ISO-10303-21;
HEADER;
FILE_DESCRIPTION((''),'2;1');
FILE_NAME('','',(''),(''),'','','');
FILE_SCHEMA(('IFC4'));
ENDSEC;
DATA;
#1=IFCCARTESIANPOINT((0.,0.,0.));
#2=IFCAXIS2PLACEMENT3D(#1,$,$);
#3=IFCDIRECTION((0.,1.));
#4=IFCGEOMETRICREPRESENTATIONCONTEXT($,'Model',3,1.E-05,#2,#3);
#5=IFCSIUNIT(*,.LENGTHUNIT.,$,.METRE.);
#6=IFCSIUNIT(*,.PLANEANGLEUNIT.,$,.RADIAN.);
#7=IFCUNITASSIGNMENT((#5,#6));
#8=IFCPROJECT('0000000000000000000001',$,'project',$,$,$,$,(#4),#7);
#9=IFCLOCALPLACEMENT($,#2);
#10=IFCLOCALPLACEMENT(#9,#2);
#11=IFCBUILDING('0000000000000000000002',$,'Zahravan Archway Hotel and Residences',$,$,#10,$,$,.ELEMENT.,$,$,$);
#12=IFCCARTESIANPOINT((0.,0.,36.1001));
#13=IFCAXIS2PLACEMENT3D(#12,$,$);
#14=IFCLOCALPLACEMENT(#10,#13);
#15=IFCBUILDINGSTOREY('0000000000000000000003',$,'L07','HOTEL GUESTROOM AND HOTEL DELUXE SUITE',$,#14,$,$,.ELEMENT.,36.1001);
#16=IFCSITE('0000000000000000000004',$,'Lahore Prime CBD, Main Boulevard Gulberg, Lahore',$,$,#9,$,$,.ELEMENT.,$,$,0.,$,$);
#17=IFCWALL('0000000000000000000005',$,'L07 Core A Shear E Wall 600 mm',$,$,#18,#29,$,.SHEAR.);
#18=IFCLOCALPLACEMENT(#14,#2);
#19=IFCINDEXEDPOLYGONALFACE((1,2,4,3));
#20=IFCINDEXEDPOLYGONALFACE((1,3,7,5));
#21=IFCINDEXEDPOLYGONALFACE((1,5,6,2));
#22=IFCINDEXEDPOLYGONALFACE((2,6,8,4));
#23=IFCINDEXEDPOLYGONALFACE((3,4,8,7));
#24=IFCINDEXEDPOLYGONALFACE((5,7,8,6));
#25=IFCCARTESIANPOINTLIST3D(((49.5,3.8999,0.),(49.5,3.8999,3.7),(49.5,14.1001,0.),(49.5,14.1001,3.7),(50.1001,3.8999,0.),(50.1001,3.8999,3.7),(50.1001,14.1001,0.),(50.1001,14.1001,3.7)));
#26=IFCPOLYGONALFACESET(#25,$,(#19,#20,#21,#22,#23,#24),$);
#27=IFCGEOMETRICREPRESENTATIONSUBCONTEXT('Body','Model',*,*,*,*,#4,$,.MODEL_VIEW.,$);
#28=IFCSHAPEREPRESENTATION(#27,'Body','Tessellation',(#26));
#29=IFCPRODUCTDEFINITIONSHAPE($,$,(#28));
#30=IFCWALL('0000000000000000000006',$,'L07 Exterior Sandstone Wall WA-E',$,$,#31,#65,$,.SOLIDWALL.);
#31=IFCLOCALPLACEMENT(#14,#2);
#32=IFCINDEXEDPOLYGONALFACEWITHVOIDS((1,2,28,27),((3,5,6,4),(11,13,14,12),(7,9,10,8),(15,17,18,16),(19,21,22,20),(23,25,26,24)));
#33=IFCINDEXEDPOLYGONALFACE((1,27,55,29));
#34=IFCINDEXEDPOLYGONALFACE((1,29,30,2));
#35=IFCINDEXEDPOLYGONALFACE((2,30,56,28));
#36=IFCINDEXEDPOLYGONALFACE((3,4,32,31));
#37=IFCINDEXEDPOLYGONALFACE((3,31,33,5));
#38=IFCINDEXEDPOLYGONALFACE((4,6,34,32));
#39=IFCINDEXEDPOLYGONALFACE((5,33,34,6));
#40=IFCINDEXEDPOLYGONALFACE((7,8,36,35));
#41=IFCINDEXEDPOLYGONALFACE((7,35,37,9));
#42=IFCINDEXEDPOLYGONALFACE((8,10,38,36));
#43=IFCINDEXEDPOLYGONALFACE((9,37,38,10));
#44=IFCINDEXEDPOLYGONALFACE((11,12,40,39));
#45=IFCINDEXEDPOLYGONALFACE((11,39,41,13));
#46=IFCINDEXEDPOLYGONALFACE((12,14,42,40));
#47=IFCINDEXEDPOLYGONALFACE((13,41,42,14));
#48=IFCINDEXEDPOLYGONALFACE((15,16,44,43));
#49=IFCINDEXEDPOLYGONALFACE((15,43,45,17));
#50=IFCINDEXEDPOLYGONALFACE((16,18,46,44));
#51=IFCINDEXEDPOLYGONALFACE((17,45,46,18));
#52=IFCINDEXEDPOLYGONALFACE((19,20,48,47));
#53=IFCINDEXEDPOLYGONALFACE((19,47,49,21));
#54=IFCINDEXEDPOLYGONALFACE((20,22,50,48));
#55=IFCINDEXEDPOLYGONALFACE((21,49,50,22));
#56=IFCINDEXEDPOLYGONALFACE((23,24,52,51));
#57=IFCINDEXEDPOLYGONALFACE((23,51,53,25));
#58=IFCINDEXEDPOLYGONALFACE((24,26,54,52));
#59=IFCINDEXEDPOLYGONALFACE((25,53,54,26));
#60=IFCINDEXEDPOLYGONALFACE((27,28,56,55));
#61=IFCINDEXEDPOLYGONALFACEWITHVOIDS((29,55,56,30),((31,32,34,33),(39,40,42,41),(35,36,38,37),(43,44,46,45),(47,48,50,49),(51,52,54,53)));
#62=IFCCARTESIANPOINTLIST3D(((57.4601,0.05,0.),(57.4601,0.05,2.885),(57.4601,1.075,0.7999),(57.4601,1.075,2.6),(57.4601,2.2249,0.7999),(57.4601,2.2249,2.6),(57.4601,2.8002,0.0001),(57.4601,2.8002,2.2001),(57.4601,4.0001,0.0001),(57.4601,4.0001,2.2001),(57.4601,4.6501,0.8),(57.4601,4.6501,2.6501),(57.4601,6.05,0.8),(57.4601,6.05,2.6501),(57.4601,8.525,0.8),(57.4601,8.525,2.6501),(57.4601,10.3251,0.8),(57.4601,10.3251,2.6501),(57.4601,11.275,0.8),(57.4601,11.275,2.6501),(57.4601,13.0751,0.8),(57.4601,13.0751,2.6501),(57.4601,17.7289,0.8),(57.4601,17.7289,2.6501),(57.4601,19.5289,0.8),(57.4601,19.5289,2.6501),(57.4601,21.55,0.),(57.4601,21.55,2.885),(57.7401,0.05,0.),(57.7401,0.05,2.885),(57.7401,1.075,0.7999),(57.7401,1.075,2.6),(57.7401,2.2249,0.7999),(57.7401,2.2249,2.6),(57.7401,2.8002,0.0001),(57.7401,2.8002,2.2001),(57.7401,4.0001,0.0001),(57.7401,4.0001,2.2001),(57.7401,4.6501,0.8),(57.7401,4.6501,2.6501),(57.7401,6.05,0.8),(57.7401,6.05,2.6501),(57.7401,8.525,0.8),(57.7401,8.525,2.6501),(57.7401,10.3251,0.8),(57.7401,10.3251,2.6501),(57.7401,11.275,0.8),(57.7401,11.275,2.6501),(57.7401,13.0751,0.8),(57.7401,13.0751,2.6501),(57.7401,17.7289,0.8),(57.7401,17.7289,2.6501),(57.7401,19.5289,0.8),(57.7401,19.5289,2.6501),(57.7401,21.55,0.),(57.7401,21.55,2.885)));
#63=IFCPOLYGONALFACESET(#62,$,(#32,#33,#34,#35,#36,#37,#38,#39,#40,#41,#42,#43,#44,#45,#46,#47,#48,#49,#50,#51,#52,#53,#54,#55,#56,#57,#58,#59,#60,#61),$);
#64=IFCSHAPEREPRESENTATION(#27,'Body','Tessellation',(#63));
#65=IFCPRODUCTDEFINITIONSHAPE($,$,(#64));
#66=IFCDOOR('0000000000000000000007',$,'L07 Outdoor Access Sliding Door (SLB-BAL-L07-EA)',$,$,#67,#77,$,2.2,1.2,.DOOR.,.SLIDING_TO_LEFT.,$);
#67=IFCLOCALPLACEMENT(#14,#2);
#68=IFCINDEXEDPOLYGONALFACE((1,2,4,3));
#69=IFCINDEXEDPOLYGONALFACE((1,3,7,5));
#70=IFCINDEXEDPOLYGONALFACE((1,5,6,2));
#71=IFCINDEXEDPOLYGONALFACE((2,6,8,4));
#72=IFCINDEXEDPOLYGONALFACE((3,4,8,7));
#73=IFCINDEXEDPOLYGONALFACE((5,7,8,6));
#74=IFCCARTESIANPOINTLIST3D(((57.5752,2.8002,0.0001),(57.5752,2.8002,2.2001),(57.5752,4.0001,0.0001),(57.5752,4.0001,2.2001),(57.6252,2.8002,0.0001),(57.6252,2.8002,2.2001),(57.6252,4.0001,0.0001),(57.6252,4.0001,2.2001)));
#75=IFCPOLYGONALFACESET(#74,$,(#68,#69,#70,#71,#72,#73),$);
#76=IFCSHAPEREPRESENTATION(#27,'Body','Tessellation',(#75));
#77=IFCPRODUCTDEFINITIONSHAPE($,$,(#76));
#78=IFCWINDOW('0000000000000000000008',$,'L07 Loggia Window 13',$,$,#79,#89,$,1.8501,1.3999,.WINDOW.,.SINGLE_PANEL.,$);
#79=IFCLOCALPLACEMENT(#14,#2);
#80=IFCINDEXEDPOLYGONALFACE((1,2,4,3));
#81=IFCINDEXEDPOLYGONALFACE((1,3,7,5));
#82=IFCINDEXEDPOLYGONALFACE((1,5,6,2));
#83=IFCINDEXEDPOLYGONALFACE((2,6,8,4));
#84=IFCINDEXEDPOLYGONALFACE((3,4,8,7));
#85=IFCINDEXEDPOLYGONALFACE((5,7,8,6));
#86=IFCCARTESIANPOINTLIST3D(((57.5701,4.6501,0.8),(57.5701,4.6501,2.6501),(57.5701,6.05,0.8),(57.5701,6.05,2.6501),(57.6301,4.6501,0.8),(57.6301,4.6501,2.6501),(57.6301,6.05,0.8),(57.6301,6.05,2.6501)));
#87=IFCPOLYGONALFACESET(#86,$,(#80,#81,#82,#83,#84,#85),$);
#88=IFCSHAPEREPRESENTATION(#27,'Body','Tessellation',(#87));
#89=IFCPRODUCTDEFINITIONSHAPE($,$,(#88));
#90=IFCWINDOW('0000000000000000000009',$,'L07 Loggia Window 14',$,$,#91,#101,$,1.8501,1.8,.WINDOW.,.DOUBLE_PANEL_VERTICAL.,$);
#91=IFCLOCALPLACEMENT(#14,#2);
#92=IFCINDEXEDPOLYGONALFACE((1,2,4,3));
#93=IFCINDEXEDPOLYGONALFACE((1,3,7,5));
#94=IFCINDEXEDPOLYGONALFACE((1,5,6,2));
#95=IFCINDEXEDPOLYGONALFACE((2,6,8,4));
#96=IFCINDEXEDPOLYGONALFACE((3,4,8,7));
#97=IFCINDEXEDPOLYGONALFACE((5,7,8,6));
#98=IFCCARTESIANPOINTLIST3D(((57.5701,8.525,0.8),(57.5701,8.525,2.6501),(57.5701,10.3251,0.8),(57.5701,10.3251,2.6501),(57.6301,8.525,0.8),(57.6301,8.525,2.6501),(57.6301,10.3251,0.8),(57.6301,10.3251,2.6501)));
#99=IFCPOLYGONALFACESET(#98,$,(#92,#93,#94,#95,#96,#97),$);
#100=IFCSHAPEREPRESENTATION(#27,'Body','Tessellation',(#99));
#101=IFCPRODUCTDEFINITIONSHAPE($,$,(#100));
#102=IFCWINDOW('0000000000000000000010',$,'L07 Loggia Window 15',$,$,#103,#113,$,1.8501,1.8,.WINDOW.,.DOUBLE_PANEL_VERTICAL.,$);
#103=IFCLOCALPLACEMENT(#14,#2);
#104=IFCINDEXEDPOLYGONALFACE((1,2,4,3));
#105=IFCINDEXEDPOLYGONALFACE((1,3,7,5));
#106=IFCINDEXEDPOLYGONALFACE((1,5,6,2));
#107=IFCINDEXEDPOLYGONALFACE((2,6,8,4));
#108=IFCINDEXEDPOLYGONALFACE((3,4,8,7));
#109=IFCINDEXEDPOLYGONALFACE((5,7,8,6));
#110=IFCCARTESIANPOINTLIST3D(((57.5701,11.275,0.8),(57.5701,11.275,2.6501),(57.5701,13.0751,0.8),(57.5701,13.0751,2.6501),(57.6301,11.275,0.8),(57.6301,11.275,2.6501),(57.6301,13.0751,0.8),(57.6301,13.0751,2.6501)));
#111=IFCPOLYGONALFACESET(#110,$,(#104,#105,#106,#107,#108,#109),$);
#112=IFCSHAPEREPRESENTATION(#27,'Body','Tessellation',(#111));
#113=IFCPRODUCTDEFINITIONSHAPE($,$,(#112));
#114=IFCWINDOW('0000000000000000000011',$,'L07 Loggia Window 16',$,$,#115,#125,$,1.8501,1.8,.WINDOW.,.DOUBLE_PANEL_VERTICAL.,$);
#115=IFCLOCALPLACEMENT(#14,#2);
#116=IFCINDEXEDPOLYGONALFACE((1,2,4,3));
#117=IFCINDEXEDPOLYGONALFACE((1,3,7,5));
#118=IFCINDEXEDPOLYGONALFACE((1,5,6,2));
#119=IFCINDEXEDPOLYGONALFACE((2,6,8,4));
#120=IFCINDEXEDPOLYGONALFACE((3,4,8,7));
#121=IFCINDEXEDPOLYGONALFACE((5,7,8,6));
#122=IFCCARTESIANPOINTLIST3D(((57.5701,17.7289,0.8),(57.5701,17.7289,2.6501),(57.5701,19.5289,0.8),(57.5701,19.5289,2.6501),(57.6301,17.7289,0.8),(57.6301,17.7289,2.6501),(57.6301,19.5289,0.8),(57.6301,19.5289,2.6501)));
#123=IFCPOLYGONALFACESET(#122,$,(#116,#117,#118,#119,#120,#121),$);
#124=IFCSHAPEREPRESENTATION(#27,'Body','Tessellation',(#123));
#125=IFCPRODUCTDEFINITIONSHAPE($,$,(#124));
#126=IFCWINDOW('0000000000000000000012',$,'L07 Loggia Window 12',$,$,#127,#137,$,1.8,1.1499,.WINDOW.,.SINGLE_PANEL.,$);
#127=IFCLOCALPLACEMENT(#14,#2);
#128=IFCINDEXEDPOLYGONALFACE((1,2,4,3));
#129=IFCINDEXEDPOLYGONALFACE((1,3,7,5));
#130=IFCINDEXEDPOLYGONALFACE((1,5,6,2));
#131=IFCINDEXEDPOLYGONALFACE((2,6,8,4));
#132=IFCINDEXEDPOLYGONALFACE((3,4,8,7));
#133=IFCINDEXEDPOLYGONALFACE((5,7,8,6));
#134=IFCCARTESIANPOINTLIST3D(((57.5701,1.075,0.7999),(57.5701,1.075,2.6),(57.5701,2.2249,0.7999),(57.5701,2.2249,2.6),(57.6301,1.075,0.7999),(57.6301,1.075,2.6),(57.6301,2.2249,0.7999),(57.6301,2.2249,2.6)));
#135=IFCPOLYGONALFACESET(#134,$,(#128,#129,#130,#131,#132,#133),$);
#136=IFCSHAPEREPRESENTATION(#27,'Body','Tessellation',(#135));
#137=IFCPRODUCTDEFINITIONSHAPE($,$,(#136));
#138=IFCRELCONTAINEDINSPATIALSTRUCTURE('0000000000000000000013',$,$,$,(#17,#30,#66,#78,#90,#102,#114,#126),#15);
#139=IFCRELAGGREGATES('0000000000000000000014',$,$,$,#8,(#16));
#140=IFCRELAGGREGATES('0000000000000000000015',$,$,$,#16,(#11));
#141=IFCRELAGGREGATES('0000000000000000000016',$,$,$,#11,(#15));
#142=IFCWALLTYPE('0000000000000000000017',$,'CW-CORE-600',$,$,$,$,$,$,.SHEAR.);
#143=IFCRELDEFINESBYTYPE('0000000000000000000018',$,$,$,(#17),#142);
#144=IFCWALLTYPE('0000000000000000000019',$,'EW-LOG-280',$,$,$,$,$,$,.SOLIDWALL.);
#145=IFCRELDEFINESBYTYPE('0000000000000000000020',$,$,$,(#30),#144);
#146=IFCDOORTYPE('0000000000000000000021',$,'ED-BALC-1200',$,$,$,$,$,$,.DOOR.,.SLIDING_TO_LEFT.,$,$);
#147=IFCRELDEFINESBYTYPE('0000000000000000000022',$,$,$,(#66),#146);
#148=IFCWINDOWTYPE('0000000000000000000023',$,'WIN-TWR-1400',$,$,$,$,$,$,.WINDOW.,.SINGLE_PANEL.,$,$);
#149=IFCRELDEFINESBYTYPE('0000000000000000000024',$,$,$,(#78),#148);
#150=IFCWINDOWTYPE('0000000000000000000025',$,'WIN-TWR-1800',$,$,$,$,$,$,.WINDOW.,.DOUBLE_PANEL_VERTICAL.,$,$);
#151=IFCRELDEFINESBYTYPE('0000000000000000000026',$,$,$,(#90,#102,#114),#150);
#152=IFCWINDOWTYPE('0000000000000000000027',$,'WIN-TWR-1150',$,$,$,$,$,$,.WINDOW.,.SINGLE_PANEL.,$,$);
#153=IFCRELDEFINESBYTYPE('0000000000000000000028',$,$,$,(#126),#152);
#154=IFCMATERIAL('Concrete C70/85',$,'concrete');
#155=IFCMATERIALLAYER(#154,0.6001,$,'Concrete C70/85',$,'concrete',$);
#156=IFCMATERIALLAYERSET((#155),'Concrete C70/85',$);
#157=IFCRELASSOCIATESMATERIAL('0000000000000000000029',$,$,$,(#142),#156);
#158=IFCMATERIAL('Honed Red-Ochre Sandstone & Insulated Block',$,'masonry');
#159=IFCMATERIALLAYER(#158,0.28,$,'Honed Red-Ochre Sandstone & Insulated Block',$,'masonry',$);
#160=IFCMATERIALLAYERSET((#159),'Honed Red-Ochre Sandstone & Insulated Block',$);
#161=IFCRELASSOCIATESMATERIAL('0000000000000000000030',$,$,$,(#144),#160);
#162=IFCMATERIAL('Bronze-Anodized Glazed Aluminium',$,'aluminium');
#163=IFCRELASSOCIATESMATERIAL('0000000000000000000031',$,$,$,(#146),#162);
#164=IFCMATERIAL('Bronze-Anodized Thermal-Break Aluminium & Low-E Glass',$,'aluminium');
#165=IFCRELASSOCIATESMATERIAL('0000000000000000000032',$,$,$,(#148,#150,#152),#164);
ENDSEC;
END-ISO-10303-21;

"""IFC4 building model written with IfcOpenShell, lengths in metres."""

from ifc_helpers import new_model, si_unit, direction, frame, frame_2d, origin, place, context, subcontext, project, spatial, rectangle, extrude, source, transform, mapped, material, layer, layer_set, type_object, type_shapes, element, fill, save


model = new_model("IFC4")

# Units and contexts
model_context = context("Model", 3, precision=1e-05, world=origin(), true_north=direction((0.0, 1.0)))
body_context = subcontext(model_context, "Body", "Model", "MODEL_VIEW")
ifc_project = project(units=[si_unit("LENGTHUNIT", "METRE"), si_unit("PLANEANGLEUNIT", "RADIAN")], contexts=[model_context])

# Site, building, storey
site_placement = place(None, origin())
site = spatial("IfcSite", under=ifc_project, at=site_placement, Name="Lahore Prime CBD, Main Boulevard Gulberg, Lahore", CompositionType="ELEMENT", RefElevation=0.0)
building_placement = place(site_placement, origin())
building = spatial("IfcBuilding", under=site, at=building_placement, Name="Zahravan Archway Hotel and Residences", CompositionType="ELEMENT")
storey_placement = place(building_placement, frame((0.0, 0.0, 36.1001)))
storey = spatial("IfcBuildingStorey", under=building, at=storey_placement, Name="L07", Description="HOTEL GUESTROOM AND HOTEL DELUXE SUITE", CompositionType="ELEMENT", Elevation=36.1001)

# Shared definitions
ifc_material_1 = material(Name="Concrete C70/85", Category="concrete")

# Wall
ifc_layer_1 = layer(ifc_material_1, 0.6001, Name="Concrete C70/85", Category="concrete")
ifc_layer_set_1 = layer_set([ifc_layer_1], Name="Concrete C70/85")
wall_type_1 = type_object("IfcWallType", Name="CW-CORE-600", PredefinedType="SHEAR", material=ifc_layer_set_1)
wall_1_placement = place(storey_placement, frame((49.8, 3.8999, 0.0), z_axis=(0.0, 0.0, 1.0), x_axis=(0.0, 1.0, 0.0)))
element("IfcWall", 1, at=wall_1_placement, inside=storey, type_object=wall_type_1, Name="L07 Core A Shear E Wall 600 mm", PredefinedType="SHEAR", context=body_context, shape_type="SweptSolid", body=[
    extrude(rectangle(XDim=10.2002, YDim=0.6001, at=frame_2d((5.1001, 0.0))), origin(), (0.0, 0.0, 1.0), 3.7),
])

# Wall, openings, door, windows
ifc_material_2 = material(Name="Honed Red-Ochre Sandstone & Insulated Block", Category="masonry")
ifc_layer_2 = layer(ifc_material_2, 0.28, Name="Honed Red-Ochre Sandstone & Insulated Block", Category="masonry")
ifc_layer_set_2 = layer_set([ifc_layer_2], Name="Honed Red-Ochre Sandstone & Insulated Block")
wall_type_2 = type_object("IfcWallType", Name="EW-LOG-280", PredefinedType="SOLIDWALL", material=ifc_layer_set_2)
wall_2_placement = place(storey_placement, frame((57.6001, 0.05, 0.0), z_axis=(0.0, 0.0, 1.0), x_axis=(0.0, 1.0, 0.0)))
wall_2 = element("IfcWall", 2, at=wall_2_placement, inside=storey, type_object=wall_type_2, Name="L07 Exterior Sandstone Wall WA-E", PredefinedType="SOLIDWALL", context=body_context, shape_type="SweptSolid", body=[
    extrude(rectangle(XDim=21.5, YDim=0.28, at=frame_2d((10.75, 0.0))), origin(), (0.0, 0.0, 1.0), 2.885),
])
opening_1_placement = place(wall_2_placement, frame((2.75, 0.0, 0.0)))
opening_1 = element("IfcOpeningElement", 3, at=opening_1_placement, cuts=wall_2, PredefinedType="OPENING", context=body_context, shape_type="SweptSolid", body=[
    extrude(rectangle(XDim=1.2, YDim=2.2, at=frame_2d((0.6001, 1.1001))), frame((0.0, 0.1499, 0.0), z_axis=(0.0, -1.0, 0.0), x_axis=(1.0, 0.0, 0.0)), (0.0, 0.0, 1.0), 0.3),
])
opening_2_placement = place(wall_2_placement, frame((1.0249, 0.0, 0.8)))
opening_2 = element("IfcOpeningElement", 4, at=opening_2_placement, cuts=wall_2, PredefinedType="OPENING", context=body_context, shape_type="SweptSolid", body=[
    extrude(rectangle(XDim=1.1499, YDim=1.8, at=frame_2d((0.575, 0.8999))), frame((0.0, 0.1499, 0.0), z_axis=(0.0, -1.0, 0.0), x_axis=(1.0, 0.0, 0.0)), (0.0, 0.0, 1.0), 0.3),
])
opening_3_placement = place(wall_2_placement, frame((4.6001, 0.0, 0.8)))
opening_3 = element("IfcOpeningElement", 5, at=opening_3_placement, cuts=wall_2, PredefinedType="OPENING", context=body_context, shape_type="SweptSolid", body=[
    extrude(rectangle(XDim=1.3999, YDim=1.8501, at=frame_2d((0.7, 0.925))), frame((0.0, 0.1499, 0.0), z_axis=(0.0, -1.0, 0.0), x_axis=(1.0, 0.0, 0.0)), (0.0, 0.0, 1.0), 0.3),
])
opening_4_placement = place(wall_2_placement, frame((8.4751, 0.0, 0.8)))
opening_4 = element("IfcOpeningElement", 6, at=opening_4_placement, cuts=wall_2, PredefinedType="OPENING", context=body_context, shape_type="SweptSolid", body=[
    extrude(rectangle(XDim=1.8, YDim=1.8501, at=frame_2d((0.8999, 0.925))), frame((0.0, 0.1499, 0.0), z_axis=(0.0, -1.0, 0.0), x_axis=(1.0, 0.0, 0.0)), (0.0, 0.0, 1.0), 0.3),
])
opening_5_placement = place(wall_2_placement, frame((11.2251, 0.0, 0.8)))
opening_5 = element("IfcOpeningElement", 7, at=opening_5_placement, cuts=wall_2, PredefinedType="OPENING", context=body_context, shape_type="SweptSolid", body=[
    extrude(rectangle(XDim=1.8, YDim=1.8501, at=frame_2d((0.8999, 0.925))), frame((0.0, 0.1499, 0.0), z_axis=(0.0, -1.0, 0.0), x_axis=(1.0, 0.0, 0.0)), (0.0, 0.0, 1.0), 0.3),
])
opening_6_placement = place(wall_2_placement, frame((17.679, 0.0, 0.8)))
opening_6 = element("IfcOpeningElement", 8, at=opening_6_placement, cuts=wall_2, PredefinedType="OPENING", context=body_context, shape_type="SweptSolid", body=[
    extrude(rectangle(XDim=1.8, YDim=1.8501, at=frame_2d((0.8999, 0.925))), frame((0.0, 0.1499, 0.0), z_axis=(0.0, -1.0, 0.0), x_axis=(1.0, 0.0, 0.0)), (0.0, 0.0, 1.0), 0.3),
])
ifc_material_3 = material(Name="Bronze-Anodized Glazed Aluminium", Category="aluminium")
door_type_1 = type_object("IfcDoorType", Name="ED-BALC-1200", OperationType="SLIDING_TO_LEFT", PredefinedType="DOOR", material=ifc_material_3)
shared_shape_1 = source(origin(), body_context, "Body", "SweptSolid", [
    extrude(rectangle(XDim=1.2, YDim=2.2, at=frame_2d((0.6001, 1.1001))), frame((0.0, 0.0249, 0.0), z_axis=(0.0, -1.0, 0.0), x_axis=(1.0, 0.0, 0.0)), (0.0, 0.0, 1.0), 0.05),
])
type_shapes(door_type_1, [shared_shape_1])
door_1_placement = place(opening_1_placement, origin())
door_1 = element("IfcDoor", 9, at=door_1_placement, inside=storey, type_object=door_type_1, Name="L07 Outdoor Access Sliding Door (SLB-BAL-L07-EA)", OperationType="SLIDING_TO_LEFT", OverallHeight=2.2, OverallWidth=1.2, PredefinedType="DOOR", context=body_context, shape_type="MappedRepresentation", body=[
    mapped(shared_shape_1, transform((0.0, 0.0, 0.0), scale=1.0)),
])
fill(opening_1, door_1)
ifc_material_4 = material(Name="Bronze-Anodized Thermal-Break Aluminium & Low-E Glass", Category="aluminium")
window_type_1 = type_object("IfcWindowType", Name="WIN-TWR-1400", PartitioningType="SINGLE_PANEL", PredefinedType="WINDOW", material=ifc_material_4)
shared_shape_2 = source(origin(), body_context, "Body", "SweptSolid", [
    extrude(rectangle(XDim=1.3999, YDim=1.8501, at=frame_2d((0.7, 0.925))), frame((0.0, 0.03, 0.0), z_axis=(0.0, -1.0, 0.0), x_axis=(1.0, 0.0, 0.0)), (0.0, 0.0, 1.0), 0.0601),
])
type_shapes(window_type_1, [shared_shape_2])
window_1_placement = place(opening_3_placement, origin())
window_1 = element("IfcWindow", 10, at=window_1_placement, inside=storey, type_object=window_type_1, Name="L07 Loggia Window 13", OverallHeight=1.8501, OverallWidth=1.3999, PartitioningType="SINGLE_PANEL", PredefinedType="WINDOW", context=body_context, shape_type="MappedRepresentation", body=[
    mapped(shared_shape_2, transform((0.0, 0.0, 0.0), scale=1.0)),
])
fill(opening_3, window_1)
window_type_2 = type_object("IfcWindowType", Name="WIN-TWR-1800", PartitioningType="DOUBLE_PANEL_VERTICAL", PredefinedType="WINDOW", material=ifc_material_4)
shared_shape_3 = source(origin(), body_context, "Body", "SweptSolid", [
    extrude(rectangle(XDim=1.8, YDim=1.8501, at=frame_2d((0.8999, 0.925))), frame((0.0, 0.03, 0.0), z_axis=(0.0, -1.0, 0.0), x_axis=(1.0, 0.0, 0.0)), (0.0, 0.0, 1.0), 0.0601),
])
type_shapes(window_type_2, [shared_shape_3])
window_2_placement = place(opening_4_placement, origin())
window_2 = element("IfcWindow", 11, at=window_2_placement, inside=storey, type_object=window_type_2, Name="L07 Loggia Window 14", OverallHeight=1.8501, OverallWidth=1.8, PartitioningType="DOUBLE_PANEL_VERTICAL", PredefinedType="WINDOW", context=body_context, shape_type="MappedRepresentation", body=[
    mapped(shared_shape_3, transform((0.0, 0.0, 0.0), scale=1.0)),
])
fill(opening_4, window_2)
window_3_placement = place(opening_5_placement, origin())
window_3 = element("IfcWindow", 12, at=window_3_placement, inside=storey, type_object=window_type_2, Name="L07 Loggia Window 15", OverallHeight=1.8501, OverallWidth=1.8, PartitioningType="DOUBLE_PANEL_VERTICAL", PredefinedType="WINDOW", context=body_context, shape_type="MappedRepresentation", body=[
    mapped(shared_shape_3, transform((0.0, 0.0, 0.0), scale=1.0)),
])
fill(opening_5, window_3)
window_4_placement = place(opening_6_placement, origin())
window_4 = element("IfcWindow", 13, at=window_4_placement, inside=storey, type_object=window_type_2, Name="L07 Loggia Window 16", OverallHeight=1.8501, OverallWidth=1.8, PartitioningType="DOUBLE_PANEL_VERTICAL", PredefinedType="WINDOW", context=body_context, shape_type="MappedRepresentation", body=[
    mapped(shared_shape_3, transform((0.0, 0.0, 0.0), scale=1.0)),
])
fill(opening_6, window_4)
window_type_3 = type_object("IfcWindowType", Name="WIN-TWR-1150", PartitioningType="SINGLE_PANEL", PredefinedType="WINDOW", material=ifc_material_4)
shared_shape_4 = source(origin(), body_context, "Body", "SweptSolid", [
    extrude(rectangle(XDim=1.1499, YDim=1.8, at=frame_2d((0.575, 0.8999))), frame((0.0, 0.03, 0.0), z_axis=(0.0, -1.0, 0.0), x_axis=(1.0, 0.0, 0.0)), (0.0, 0.0, 1.0), 0.0601),
])
type_shapes(window_type_3, [shared_shape_4])
window_5_placement = place(opening_2_placement, origin())
window_5 = element("IfcWindow", 14, at=window_5_placement, inside=storey, type_object=window_type_3, Name="L07 Loggia Window 12", OverallHeight=1.8, OverallWidth=1.1499, PartitioningType="SINGLE_PANEL", PredefinedType="WINDOW", context=body_context, shape_type="MappedRepresentation", body=[
    mapped(shared_shape_4, transform((0.0, 0.0, 0.0), scale=1.0)),
])
fill(opening_2, window_5)

save(model, "model.ifc")
